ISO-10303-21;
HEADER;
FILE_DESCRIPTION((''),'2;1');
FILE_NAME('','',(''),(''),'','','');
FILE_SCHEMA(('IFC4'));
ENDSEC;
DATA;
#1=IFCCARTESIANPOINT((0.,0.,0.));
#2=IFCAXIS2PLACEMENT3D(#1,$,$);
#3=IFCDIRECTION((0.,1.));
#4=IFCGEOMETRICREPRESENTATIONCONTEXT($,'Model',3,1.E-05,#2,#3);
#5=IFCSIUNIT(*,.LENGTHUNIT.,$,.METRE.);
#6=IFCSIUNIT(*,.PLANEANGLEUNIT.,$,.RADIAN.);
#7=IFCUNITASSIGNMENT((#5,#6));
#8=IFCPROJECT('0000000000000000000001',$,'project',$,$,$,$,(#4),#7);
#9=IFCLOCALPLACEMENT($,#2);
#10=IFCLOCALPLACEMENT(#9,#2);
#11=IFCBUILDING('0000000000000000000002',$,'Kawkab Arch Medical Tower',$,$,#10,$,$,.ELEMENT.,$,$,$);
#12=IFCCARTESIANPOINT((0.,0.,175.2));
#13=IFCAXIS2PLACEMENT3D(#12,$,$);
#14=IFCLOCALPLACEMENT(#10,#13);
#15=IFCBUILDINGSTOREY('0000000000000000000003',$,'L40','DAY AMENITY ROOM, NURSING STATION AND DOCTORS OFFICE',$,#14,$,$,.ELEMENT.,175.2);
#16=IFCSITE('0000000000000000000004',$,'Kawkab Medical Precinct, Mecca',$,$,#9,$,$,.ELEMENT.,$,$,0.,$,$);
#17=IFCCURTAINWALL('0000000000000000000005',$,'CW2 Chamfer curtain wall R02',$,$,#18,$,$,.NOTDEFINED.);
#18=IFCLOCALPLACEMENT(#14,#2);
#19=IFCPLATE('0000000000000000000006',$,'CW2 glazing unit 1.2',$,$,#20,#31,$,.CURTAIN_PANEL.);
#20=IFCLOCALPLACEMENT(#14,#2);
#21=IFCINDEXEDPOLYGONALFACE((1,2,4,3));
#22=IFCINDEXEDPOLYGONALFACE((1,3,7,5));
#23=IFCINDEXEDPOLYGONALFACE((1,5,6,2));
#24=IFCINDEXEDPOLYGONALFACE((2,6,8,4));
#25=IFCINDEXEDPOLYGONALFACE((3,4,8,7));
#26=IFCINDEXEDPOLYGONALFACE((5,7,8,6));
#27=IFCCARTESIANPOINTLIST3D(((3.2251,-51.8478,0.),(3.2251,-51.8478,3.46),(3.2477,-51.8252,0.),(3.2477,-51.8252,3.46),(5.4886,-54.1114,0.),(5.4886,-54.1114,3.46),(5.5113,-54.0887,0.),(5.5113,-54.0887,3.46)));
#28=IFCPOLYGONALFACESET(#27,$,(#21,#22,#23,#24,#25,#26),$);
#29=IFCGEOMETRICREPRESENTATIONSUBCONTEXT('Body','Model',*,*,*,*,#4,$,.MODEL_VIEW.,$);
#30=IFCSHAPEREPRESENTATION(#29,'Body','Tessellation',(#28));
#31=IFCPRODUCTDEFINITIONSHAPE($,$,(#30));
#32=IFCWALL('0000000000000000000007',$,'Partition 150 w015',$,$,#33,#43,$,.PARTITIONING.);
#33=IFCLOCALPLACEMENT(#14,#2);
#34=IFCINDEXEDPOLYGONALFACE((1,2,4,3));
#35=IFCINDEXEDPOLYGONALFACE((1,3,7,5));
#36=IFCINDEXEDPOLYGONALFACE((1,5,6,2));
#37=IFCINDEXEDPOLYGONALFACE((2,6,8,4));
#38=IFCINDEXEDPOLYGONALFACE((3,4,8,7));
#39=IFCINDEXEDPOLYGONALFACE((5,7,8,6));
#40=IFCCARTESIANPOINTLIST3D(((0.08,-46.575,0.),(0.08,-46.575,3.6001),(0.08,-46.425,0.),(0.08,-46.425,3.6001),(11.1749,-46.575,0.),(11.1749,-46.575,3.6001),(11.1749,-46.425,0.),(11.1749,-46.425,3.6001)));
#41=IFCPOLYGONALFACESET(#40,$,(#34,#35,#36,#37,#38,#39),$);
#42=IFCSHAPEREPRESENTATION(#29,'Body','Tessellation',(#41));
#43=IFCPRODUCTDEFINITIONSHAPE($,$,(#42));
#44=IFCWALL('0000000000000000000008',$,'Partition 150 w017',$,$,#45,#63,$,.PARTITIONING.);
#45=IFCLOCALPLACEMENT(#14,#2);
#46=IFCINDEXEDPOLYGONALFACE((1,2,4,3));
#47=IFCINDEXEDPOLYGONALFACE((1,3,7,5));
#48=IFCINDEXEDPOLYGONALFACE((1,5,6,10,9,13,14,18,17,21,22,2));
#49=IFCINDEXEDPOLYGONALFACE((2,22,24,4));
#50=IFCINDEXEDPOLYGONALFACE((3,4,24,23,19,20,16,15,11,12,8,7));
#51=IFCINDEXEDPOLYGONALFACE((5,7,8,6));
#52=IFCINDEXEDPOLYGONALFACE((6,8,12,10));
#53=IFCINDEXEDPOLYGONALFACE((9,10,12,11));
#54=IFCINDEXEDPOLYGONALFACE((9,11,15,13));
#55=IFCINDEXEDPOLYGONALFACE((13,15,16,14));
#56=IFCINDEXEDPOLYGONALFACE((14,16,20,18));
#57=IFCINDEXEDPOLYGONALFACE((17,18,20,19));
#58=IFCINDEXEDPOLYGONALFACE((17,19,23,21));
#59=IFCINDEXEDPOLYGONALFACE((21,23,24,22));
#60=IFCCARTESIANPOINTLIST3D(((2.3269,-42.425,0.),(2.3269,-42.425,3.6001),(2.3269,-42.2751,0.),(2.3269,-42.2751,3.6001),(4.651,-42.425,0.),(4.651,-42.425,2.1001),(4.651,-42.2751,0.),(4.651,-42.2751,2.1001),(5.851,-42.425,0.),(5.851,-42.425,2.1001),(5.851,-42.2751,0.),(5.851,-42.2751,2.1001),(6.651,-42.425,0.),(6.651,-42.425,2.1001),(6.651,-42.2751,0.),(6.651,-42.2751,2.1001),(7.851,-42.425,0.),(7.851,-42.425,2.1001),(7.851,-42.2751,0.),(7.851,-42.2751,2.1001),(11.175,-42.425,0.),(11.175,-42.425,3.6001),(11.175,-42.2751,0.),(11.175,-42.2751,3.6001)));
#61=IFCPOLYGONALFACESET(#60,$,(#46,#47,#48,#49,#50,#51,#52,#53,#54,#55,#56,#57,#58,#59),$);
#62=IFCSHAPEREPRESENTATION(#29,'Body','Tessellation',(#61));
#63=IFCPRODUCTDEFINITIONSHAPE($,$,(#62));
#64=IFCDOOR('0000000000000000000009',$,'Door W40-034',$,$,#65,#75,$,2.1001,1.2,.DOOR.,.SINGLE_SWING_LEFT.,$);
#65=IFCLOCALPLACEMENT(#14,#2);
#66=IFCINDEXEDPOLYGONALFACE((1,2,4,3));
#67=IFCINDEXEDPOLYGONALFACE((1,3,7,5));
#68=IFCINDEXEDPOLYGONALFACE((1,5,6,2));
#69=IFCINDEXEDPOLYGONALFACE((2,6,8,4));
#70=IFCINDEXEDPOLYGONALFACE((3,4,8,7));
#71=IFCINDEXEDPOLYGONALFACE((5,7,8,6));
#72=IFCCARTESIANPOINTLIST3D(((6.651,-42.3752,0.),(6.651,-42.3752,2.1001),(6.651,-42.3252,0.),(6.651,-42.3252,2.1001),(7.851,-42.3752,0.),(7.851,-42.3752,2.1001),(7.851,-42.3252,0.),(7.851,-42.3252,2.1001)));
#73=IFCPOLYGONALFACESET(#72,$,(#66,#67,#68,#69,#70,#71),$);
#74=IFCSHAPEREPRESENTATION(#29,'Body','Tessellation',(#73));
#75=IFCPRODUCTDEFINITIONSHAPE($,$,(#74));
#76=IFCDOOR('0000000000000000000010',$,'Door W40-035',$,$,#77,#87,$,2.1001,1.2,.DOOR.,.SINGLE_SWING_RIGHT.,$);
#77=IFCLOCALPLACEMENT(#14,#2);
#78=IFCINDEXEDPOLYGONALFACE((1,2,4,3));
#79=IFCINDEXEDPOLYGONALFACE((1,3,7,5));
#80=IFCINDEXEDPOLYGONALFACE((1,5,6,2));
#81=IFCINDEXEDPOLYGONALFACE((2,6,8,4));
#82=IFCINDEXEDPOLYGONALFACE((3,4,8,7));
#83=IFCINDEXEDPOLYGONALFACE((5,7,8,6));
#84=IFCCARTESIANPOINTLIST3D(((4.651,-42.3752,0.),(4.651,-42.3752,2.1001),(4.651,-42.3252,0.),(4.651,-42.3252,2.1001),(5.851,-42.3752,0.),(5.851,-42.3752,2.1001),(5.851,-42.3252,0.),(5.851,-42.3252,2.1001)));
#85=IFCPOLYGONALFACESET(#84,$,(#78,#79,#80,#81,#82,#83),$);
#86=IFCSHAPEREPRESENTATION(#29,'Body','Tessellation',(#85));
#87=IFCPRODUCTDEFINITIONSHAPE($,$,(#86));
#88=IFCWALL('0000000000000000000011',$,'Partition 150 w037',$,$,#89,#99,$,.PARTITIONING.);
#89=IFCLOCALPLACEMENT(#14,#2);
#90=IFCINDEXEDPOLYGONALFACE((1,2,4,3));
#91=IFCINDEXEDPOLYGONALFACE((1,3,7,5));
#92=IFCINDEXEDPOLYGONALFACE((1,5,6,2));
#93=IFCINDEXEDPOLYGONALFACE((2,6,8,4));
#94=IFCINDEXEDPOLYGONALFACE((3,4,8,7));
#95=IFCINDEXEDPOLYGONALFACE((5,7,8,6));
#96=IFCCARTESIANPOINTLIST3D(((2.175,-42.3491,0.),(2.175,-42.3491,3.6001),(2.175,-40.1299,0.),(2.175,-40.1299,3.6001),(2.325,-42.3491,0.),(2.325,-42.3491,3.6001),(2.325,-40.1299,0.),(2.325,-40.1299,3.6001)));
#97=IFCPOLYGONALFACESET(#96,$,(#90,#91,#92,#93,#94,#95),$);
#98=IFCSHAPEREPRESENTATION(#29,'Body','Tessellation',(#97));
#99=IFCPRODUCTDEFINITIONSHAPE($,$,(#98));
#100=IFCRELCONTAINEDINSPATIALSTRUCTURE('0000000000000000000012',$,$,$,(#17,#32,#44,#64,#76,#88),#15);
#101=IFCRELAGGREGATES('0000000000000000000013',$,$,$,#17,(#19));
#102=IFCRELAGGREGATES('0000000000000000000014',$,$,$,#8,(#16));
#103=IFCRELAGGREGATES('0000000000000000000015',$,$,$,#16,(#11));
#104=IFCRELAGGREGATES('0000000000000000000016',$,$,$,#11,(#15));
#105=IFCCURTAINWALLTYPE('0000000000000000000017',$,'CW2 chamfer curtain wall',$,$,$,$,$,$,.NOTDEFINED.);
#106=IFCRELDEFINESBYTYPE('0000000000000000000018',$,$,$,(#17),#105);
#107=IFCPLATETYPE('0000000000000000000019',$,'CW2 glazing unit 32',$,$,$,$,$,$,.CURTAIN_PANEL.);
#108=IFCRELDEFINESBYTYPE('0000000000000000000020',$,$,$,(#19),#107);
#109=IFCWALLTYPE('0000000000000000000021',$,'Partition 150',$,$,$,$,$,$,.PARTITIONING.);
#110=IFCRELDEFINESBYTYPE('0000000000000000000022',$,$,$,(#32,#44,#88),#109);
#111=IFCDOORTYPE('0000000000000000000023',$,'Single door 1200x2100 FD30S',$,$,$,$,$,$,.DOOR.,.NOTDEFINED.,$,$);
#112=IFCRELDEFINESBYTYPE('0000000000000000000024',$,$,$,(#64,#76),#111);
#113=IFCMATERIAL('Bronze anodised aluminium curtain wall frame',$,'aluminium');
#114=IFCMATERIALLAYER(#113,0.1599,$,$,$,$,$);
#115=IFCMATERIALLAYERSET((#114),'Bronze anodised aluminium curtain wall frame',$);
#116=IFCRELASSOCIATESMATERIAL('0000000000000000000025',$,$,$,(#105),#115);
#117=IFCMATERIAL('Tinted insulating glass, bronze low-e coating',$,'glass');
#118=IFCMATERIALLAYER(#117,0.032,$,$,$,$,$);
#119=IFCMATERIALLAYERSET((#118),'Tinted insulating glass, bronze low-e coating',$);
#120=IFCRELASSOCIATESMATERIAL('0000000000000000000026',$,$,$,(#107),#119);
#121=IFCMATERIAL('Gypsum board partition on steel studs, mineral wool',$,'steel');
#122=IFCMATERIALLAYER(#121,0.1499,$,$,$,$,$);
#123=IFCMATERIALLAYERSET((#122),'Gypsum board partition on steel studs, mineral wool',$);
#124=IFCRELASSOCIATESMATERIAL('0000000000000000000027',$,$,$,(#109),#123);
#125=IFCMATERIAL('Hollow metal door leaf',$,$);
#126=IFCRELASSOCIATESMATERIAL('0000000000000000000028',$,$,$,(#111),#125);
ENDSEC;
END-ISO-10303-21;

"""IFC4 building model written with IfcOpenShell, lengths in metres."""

from ifc_helpers import new_model, si_unit, direction, frame, frame_2d, origin, origin_2d, place, context, subcontext, project, spatial, rectangle, extrude, material, layer, layer_set, type_object, element, fill, aggregate, save


model = new_model("IFC4")

# Units and contexts
model_context = context("Model", 3, precision=1e-05, world=origin(), true_north=direction((0.0, 1.0)))
body_context = subcontext(model_context, "Body", "Model", "MODEL_VIEW")
ifc_project = project(units=[si_unit("LENGTHUNIT", "METRE"), si_unit("PLANEANGLEUNIT", "RADIAN")], contexts=[model_context])

# Site, building, storey
site_placement = place(None, origin())
site = spatial("IfcSite", under=ifc_project, at=site_placement, Name="Kawkab Medical Precinct, Mecca", CompositionType="ELEMENT", RefElevation=0.0)
building_placement = place(site_placement, origin())
building = spatial("IfcBuilding", under=site, at=building_placement, Name="Kawkab Arch Medical Tower", CompositionType="ELEMENT")
storey_placement = place(building_placement, frame((0.0, 0.0, 175.2)))
storey = spatial("IfcBuildingStorey", under=building, at=storey_placement, Name="L40", Description="DAY AMENITY ROOM, NURSING STATION AND DOCTORS OFFICE", CompositionType="ELEMENT", Elevation=175.2)

# Shared definitions
placement = place(storey_placement, origin())

# Curtain wall
ifc_material_1 = material(Name="Bronze anodised aluminium curtain wall frame", Category="aluminium")
ifc_layer_1 = layer(ifc_material_1, 0.1599)
ifc_layer_set_1 = layer_set([ifc_layer_1], Name="Bronze anodised aluminium curtain wall frame")
curtain_wall_type_1 = type_object("IfcCurtainWallType", Name="CW2 chamfer curtain wall", PredefinedType="NOTDEFINED", material=ifc_layer_set_1)
curtain_wall_1 = element("IfcCurtainWall", 1, at=placement, inside=storey, type_object=curtain_wall_type_1, Name="CW2 Chamfer curtain wall R02", PredefinedType="NOTDEFINED")

# Plate
ifc_material_2 = material(Name="Tinted insulating glass, bronze low-e coating", Category="glass")
ifc_layer_2 = layer(ifc_material_2, 0.032)
ifc_layer_set_2 = layer_set([ifc_layer_2], Name="Tinted insulating glass, bronze low-e coating")
plate_type_1 = type_object("IfcPlateType", Name="CW2 glazing unit 32", PredefinedType="CURTAIN_PANEL", material=ifc_layer_set_2)
plate_1_placement = place(storey_placement, frame((4.3682, -52.9683, 0.0), z_axis=(0.0, 0.0, 1.0), x_axis=(0.707107, -0.707107, 0.0)))
plate_1 = element("IfcPlate", 2, at=plate_1_placement, type_object=plate_type_1, Name="CW2 glazing unit 1.2", PredefinedType="CURTAIN_PANEL", context=body_context, shape_type="SweptSolid", body=[
    extrude(rectangle(XDim=3.2012, YDim=0.032, at=origin_2d()), origin(), (0.0, 0.0, 1.0), 3.46),
])
aggregate(curtain_wall_1, [plate_1])

# Wall
ifc_material_3 = material(Name="Gypsum board partition on steel studs, mineral wool", Category="steel")
ifc_layer_3 = layer(ifc_material_3, 0.1499)
ifc_layer_set_3 = layer_set([ifc_layer_3], Name="Gypsum board partition on steel studs, mineral wool")
wall_type = type_object("IfcWallType", Name="Partition 150", PredefinedType="PARTITIONING", material=ifc_layer_set_3)
wall_1_placement = place(storey_placement, frame((0.0801, -46.5, 0.0), z_axis=(0.0, 0.0, 1.0), x_axis=(1.0, 0.0, 0.0)))
element("IfcWall", 3, at=wall_1_placement, inside=storey, type_object=wall_type, Name="Partition 150 w015", PredefinedType="PARTITIONING", context=body_context, shape_type="SweptSolid", body=[
    extrude(rectangle(XDim=11.095, YDim=0.1499, at=frame_2d((5.5474, 0.0))), origin(), (0.0, 0.0, 1.0), 3.6001),
])

# Wall, openings, doors
wall_2_placement = place(storey_placement, frame((2.3269, -42.3501, 0.0), z_axis=(0.0, 0.0, 1.0), x_axis=(1.0, 0.0, 0.0)))
wall_2 = element("IfcWall", 4, at=wall_2_placement, inside=storey, type_object=wall_type, Name="Partition 150 w017", PredefinedType="PARTITIONING", context=body_context, shape_type="SweptSolid", body=[
    extrude(rectangle(XDim=8.8481, YDim=0.1499, at=frame_2d((4.4241, 0.0))), origin(), (0.0, 0.0, 1.0), 3.6001),
])
opening_1_placement = place(wall_2_placement, frame((4.324, 0.0, 0.0)))
opening_1 = element("IfcOpeningElement", 5, at=opening_1_placement, cuts=wall_2, PredefinedType="OPENING", context=body_context, shape_type="SweptSolid", body=[
    extrude(rectangle(XDim=1.2, YDim=2.1001, at=frame_2d((0.6001, 1.05))), frame((0.0, 0.085, 0.0), z_axis=(0.0, -1.0, 0.0), x_axis=(1.0, 0.0, 0.0)), (0.0, 0.0, 1.0), 0.1699),
])
opening_2_placement = place(wall_2_placement, frame((2.324, 0.0, 0.0)))
opening_2 = element("IfcOpeningElement", 6, at=opening_2_placement, cuts=wall_2, PredefinedType="OPENING", context=body_context, shape_type="SweptSolid", body=[
    extrude(rectangle(XDim=1.2, YDim=2.1001, at=frame_2d((0.6001, 1.05))), frame((0.0, 0.085, 0.0), z_axis=(0.0, -1.0, 0.0), x_axis=(1.0, 0.0, 0.0)), (0.0, 0.0, 1.0), 0.1699),
])
ifc_material_4 = material(Name="Hollow metal door leaf")
door_type = type_object("IfcDoorType", Name="Single door 1200x2100 FD30S", OperationType="NOTDEFINED", PredefinedType="DOOR", material=ifc_material_4)
door_1_placement = place(opening_1_placement, origin())
door_1 = element("IfcDoor", 7, at=door_1_placement, inside=storey, type_object=door_type, Name="Door W40-034", OperationType="SINGLE_SWING_LEFT", OverallHeight=2.1001, OverallWidth=1.2, PredefinedType="DOOR", context=body_context, shape_type="SweptSolid", body=[
    extrude(rectangle(XDim=1.2, YDim=2.1001, at=frame_2d((0.6001, 1.05))), frame((0.0, 0.0249, 0.0), z_axis=(0.0, -1.0, 0.0), x_axis=(1.0, 0.0, 0.0)), (0.0, 0.0, 1.0), 0.05),
])
fill(opening_1, door_1)
door_2_placement = place(opening_2_placement, origin())
door_2 = element("IfcDoor", 8, at=door_2_placement, inside=storey, type_object=door_type, Name="Door W40-035", OperationType="SINGLE_SWING_RIGHT", OverallHeight=2.1001, OverallWidth=1.2, PredefinedType="DOOR", context=body_context, shape_type="SweptSolid", body=[
    extrude(rectangle(XDim=1.2, YDim=2.1001, at=frame_2d((0.6001, 1.05))), frame((0.0, 0.0249, 0.0), z_axis=(0.0, -1.0, 0.0), x_axis=(1.0, 0.0, 0.0)), (0.0, 0.0, 1.0), 0.05),
])
fill(opening_2, door_2)

# Wall
wall_3_placement = place(storey_placement, frame((2.25, -42.3491, 0.0), z_axis=(0.0, 0.0, 1.0), x_axis=(0.0, 1.0, 0.0)))
element("IfcWall", 9, at=wall_3_placement, inside=storey, type_object=wall_type, Name="Partition 150 w037", PredefinedType="PARTITIONING", context=body_context, shape_type="SweptSolid", body=[
    extrude(rectangle(XDim=2.2192, YDim=0.1499, at=frame_2d((1.1096, 0.0))), origin(), (0.0, 0.0, 1.0), 3.6001),
])

save(model, "model.ifc")
